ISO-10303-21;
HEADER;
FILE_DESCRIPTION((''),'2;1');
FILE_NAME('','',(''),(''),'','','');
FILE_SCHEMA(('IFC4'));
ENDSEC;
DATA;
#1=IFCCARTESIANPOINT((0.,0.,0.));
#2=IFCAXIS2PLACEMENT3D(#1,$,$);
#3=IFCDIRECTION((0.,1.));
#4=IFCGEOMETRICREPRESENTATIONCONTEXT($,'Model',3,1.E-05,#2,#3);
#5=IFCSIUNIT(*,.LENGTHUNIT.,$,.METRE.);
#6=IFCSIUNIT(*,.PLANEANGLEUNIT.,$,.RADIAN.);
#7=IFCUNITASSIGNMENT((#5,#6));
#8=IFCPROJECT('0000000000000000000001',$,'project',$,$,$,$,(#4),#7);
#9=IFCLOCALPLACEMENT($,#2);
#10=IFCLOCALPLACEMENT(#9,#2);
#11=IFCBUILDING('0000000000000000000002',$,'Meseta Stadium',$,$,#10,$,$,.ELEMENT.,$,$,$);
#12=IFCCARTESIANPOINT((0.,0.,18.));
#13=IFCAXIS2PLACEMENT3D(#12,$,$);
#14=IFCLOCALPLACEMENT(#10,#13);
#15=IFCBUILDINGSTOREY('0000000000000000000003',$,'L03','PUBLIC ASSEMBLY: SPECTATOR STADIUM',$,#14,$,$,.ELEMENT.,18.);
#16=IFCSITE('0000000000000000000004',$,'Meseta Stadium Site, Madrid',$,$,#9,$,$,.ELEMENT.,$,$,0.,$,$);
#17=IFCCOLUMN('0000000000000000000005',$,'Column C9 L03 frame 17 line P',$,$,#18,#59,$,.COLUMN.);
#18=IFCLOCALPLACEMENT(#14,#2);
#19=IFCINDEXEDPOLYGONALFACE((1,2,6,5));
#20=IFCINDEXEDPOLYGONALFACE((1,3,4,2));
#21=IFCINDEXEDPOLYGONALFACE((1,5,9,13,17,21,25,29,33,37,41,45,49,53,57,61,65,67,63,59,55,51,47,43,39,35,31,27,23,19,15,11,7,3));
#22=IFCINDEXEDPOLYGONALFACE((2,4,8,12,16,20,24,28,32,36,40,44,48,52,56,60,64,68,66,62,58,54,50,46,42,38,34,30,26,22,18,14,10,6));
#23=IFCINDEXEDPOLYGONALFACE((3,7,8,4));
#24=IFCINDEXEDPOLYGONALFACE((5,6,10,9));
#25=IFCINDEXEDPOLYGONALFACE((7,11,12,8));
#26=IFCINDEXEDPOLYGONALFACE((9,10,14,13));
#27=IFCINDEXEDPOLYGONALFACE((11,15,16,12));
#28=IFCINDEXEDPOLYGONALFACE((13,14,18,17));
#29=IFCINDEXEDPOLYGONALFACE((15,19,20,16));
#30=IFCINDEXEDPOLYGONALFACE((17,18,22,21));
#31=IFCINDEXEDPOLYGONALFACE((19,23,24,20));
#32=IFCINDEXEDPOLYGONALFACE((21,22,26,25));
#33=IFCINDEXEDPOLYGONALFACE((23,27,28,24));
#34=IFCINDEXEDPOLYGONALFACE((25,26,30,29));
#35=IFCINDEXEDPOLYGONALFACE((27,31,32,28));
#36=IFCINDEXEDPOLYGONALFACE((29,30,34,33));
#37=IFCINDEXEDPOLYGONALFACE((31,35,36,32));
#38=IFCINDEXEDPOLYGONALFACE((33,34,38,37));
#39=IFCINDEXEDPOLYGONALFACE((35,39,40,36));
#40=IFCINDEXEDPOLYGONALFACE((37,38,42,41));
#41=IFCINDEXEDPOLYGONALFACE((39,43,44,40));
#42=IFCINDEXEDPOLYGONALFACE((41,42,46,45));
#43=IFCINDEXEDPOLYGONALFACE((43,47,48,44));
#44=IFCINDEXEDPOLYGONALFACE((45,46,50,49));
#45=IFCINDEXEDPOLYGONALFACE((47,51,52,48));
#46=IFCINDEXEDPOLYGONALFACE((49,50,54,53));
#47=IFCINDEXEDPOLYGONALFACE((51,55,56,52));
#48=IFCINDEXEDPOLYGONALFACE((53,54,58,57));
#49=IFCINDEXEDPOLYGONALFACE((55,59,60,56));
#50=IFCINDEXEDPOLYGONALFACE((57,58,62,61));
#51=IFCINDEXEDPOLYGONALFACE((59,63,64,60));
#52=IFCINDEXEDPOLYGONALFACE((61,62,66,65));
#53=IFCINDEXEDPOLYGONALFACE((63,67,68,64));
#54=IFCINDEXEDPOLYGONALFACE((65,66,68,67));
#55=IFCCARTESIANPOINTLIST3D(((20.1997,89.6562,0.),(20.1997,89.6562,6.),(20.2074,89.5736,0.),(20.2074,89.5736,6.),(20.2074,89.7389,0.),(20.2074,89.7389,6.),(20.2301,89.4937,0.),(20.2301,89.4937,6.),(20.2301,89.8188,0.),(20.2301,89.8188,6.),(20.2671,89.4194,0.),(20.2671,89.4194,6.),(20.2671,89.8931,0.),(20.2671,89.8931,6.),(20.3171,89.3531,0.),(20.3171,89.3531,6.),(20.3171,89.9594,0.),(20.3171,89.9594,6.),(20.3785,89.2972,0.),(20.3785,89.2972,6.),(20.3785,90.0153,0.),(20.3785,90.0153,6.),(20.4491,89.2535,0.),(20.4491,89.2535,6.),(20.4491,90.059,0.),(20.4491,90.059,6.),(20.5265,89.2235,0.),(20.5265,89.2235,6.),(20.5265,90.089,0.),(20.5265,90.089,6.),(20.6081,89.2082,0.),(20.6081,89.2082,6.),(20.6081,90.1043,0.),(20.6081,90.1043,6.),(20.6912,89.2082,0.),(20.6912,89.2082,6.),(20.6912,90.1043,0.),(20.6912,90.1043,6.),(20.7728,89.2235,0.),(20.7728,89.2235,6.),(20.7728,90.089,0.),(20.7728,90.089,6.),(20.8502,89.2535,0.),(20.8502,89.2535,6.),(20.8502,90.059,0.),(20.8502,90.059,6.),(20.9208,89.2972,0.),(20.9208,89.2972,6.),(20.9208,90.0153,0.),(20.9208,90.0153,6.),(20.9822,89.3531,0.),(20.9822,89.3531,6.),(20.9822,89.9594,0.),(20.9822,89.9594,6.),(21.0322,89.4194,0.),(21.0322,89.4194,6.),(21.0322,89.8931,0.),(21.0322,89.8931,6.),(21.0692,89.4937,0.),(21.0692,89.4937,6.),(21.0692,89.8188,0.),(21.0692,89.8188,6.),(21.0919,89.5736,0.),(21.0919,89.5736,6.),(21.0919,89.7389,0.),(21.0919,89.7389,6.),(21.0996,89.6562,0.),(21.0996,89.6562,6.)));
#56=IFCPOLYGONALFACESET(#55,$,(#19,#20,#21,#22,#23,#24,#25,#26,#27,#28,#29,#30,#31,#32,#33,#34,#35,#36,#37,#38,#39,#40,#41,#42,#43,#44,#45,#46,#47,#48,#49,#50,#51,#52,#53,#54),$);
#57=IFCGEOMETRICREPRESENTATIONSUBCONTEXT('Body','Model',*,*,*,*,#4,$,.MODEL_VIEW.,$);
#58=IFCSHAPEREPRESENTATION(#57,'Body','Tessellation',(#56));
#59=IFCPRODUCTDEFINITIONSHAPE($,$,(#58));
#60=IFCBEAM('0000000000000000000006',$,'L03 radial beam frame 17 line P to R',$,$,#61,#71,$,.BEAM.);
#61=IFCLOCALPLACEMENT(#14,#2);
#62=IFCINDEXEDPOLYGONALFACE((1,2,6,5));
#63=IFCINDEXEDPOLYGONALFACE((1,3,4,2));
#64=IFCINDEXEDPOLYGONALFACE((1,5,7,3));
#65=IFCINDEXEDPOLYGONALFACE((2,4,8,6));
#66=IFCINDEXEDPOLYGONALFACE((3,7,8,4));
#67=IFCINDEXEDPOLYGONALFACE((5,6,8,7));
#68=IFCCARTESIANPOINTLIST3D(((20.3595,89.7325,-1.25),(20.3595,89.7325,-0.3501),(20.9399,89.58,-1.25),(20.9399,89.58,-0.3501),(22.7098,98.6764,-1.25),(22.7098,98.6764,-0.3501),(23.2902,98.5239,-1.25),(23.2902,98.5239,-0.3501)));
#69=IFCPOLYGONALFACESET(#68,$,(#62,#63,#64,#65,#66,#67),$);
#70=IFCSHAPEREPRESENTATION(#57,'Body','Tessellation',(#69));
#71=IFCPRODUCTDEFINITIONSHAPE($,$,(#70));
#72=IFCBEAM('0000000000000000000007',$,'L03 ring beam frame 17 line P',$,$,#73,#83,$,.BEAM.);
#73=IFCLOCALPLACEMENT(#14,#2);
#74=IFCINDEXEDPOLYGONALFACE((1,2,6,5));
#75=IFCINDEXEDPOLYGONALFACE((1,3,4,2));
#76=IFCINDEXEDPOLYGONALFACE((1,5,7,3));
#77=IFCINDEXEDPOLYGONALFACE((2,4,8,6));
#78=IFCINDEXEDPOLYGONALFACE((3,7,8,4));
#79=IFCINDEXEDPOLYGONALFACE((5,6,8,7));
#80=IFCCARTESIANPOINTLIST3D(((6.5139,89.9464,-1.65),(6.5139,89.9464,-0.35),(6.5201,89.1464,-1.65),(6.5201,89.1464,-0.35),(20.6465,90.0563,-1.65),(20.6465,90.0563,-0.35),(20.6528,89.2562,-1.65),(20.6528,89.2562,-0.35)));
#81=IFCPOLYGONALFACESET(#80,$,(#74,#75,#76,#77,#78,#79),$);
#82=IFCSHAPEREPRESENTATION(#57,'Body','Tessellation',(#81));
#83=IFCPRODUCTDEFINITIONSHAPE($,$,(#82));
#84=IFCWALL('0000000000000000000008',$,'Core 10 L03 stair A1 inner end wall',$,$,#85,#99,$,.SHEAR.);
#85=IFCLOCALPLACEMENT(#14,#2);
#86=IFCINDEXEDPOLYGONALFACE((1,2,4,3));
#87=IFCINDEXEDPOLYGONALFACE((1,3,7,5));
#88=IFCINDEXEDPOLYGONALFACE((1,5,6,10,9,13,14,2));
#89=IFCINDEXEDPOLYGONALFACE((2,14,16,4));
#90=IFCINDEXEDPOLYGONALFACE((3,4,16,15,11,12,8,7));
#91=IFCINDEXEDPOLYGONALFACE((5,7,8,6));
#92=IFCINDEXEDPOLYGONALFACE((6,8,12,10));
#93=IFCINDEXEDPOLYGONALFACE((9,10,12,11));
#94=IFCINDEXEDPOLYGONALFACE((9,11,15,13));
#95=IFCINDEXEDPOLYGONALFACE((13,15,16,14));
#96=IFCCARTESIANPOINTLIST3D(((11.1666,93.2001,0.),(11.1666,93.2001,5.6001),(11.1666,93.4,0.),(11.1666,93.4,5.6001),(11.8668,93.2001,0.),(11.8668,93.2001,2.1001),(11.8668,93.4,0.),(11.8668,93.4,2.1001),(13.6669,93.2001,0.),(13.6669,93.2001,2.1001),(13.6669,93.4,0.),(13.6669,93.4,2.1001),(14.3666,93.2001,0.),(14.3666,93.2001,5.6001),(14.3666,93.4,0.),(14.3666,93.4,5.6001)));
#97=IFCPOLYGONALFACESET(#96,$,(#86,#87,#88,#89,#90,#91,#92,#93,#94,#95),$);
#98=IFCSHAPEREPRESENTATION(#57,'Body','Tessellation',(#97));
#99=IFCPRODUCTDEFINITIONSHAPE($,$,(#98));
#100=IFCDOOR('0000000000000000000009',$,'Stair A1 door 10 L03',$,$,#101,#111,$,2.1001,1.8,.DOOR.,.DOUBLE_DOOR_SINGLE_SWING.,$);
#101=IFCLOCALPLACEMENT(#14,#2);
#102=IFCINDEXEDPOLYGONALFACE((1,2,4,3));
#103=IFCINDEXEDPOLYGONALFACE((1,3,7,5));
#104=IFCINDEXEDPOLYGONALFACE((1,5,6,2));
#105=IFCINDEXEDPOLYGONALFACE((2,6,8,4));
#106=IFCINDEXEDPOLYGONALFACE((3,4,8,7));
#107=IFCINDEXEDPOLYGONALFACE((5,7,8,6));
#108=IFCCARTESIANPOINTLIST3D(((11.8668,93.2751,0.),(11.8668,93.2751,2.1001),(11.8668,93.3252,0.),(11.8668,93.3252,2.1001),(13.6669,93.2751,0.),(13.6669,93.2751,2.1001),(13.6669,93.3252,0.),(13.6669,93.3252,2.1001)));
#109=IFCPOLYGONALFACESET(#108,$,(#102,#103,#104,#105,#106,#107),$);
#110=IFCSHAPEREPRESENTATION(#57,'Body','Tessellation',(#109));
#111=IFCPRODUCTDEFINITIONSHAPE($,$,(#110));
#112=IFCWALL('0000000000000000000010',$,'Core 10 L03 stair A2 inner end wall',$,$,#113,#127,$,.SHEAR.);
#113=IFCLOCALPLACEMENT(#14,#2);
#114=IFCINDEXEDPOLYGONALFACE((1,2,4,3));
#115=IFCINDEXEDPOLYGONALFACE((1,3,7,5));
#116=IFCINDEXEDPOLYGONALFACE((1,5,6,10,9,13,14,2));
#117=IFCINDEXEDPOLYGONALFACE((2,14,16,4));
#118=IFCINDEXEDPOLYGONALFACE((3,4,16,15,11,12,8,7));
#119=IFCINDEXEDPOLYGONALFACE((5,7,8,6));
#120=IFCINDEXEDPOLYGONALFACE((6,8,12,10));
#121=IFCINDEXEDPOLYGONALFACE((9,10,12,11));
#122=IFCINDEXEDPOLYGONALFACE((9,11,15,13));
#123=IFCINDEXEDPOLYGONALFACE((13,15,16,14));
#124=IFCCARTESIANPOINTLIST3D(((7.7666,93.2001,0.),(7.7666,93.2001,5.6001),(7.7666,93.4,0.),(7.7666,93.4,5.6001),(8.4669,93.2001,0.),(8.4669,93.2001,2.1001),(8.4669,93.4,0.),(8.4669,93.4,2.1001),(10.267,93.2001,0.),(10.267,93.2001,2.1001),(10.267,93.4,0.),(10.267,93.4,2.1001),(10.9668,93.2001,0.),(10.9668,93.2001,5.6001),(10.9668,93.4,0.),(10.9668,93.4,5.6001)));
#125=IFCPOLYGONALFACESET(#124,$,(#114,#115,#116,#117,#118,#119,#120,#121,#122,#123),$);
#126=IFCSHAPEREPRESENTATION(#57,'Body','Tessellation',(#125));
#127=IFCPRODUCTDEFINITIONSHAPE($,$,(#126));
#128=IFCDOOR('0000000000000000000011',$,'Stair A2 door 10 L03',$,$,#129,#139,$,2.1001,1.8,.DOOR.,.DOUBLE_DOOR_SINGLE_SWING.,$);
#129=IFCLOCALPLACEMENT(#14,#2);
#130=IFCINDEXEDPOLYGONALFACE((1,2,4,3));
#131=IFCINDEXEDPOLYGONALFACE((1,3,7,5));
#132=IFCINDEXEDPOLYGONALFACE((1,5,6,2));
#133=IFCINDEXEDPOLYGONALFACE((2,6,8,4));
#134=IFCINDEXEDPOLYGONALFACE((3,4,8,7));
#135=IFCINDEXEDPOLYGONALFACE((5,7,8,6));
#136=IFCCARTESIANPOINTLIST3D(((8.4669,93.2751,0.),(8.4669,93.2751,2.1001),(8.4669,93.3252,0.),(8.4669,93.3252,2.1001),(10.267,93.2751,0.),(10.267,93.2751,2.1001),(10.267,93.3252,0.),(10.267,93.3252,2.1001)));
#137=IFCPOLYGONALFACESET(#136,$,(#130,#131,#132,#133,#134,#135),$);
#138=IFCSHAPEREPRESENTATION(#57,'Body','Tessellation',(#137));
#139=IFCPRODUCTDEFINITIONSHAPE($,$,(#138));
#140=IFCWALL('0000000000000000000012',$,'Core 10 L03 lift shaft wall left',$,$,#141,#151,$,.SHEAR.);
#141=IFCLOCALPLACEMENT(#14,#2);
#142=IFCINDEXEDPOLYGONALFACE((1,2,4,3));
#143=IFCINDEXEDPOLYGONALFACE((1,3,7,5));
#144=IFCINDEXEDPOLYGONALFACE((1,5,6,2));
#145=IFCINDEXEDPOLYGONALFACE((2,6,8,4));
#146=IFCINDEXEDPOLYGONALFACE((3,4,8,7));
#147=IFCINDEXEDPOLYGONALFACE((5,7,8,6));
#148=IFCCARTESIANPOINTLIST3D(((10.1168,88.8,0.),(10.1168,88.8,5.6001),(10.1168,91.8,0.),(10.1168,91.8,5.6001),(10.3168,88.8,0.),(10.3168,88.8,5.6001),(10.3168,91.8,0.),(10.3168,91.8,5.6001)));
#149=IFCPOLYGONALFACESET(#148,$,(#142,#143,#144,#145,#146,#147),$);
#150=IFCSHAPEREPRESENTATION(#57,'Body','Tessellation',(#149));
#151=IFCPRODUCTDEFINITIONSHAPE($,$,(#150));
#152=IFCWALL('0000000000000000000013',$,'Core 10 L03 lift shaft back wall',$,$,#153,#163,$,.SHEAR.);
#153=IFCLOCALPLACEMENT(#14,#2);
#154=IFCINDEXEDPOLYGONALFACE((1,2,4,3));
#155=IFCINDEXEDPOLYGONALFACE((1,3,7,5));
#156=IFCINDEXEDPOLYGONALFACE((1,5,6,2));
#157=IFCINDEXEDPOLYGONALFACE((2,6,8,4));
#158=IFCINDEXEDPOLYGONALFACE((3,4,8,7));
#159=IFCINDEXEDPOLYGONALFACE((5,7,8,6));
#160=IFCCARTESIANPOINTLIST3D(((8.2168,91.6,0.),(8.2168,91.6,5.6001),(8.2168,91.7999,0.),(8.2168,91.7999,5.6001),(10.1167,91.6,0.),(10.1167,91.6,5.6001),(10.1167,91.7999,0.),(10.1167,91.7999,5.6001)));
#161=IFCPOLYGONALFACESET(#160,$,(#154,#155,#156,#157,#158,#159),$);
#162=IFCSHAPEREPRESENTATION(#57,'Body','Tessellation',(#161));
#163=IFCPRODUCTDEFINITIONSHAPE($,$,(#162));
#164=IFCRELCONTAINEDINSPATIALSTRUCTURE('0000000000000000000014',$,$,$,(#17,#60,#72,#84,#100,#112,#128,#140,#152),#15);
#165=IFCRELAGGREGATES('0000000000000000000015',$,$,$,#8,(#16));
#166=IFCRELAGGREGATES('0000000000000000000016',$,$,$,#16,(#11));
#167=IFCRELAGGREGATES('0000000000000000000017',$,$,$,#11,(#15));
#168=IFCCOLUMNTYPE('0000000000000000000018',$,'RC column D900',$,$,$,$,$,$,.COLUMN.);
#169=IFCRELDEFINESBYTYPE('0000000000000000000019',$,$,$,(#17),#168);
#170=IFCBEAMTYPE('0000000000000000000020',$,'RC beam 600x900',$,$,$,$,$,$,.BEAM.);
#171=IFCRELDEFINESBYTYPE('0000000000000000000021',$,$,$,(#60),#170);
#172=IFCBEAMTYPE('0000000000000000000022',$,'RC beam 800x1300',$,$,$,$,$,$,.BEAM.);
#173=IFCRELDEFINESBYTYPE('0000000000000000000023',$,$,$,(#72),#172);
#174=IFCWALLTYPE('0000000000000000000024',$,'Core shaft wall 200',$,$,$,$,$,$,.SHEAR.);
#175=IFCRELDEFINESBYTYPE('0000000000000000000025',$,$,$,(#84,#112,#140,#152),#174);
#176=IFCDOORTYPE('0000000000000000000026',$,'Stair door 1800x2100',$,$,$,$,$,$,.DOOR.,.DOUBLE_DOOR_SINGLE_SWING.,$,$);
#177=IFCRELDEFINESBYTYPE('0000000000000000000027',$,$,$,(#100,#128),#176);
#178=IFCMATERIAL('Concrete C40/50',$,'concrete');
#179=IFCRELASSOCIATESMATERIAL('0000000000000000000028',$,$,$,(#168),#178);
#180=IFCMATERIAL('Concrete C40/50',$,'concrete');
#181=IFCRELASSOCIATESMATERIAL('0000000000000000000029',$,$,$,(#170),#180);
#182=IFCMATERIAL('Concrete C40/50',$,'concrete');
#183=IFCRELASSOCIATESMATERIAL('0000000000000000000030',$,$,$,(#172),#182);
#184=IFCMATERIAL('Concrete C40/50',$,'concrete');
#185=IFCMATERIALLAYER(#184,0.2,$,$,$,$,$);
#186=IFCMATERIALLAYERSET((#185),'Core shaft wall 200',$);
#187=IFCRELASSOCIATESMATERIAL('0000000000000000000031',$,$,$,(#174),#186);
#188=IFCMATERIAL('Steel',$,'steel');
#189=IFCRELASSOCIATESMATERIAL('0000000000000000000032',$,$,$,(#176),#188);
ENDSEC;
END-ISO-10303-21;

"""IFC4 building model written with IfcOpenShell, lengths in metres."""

from ifc_helpers import new_model, si_unit, direction, frame, frame_2d, origin, origin_2d, place, context, subcontext, project, spatial, rectangle, circle, extrude, material, layer, layer_set, material_profile, profile_set, type_object, element, fill, save


model = new_model("IFC4")

# Units and contexts
model_context = context("Model", 3, precision=1e-05, world=origin(), true_north=direction((0.0, 1.0)))
body_context = subcontext(model_context, "Body", "Model", "MODEL_VIEW")
ifc_project = project(units=[si_unit("LENGTHUNIT", "METRE"), si_unit("PLANEANGLEUNIT", "RADIAN")], contexts=[model_context])

# Site, building, storey
site_placement = place(None, origin())
site = spatial("IfcSite", under=ifc_project, at=site_placement, Name="Meseta Stadium Site, Madrid", CompositionType="ELEMENT", RefElevation=0.0)
building_placement = place(site_placement, origin())
building = spatial("IfcBuilding", under=site, at=building_placement, Name="Meseta Stadium", CompositionType="ELEMENT")
storey_placement = place(building_placement, frame((0.0, 0.0, 18.0)))
storey = spatial("IfcBuildingStorey", under=building, at=storey_placement, Name="L03", Description="PUBLIC ASSEMBLY: SPECTATOR STADIUM", CompositionType="ELEMENT", Elevation=18.0)

# Column
ifc_material_1 = material(Name="Concrete C40/50", Category="concrete")
ifc_material_profile_1 = material_profile(ifc_material_1, circle(Radius=0.45, at=origin_2d()), Name="RC D900")
ifc_profile_set_1 = profile_set([ifc_material_profile_1], Name="Concrete C40/50")
column_type = type_object("IfcColumnType", Name="RC column D900", PredefinedType="COLUMN", material=ifc_profile_set_1)
column_placement = place(storey_placement, frame((20.6497, 89.6562, 0.0), z_axis=(0.0, 0.0, 1.0), x_axis=(1.0, 0.0, 0.0)))
element("IfcColumn", 1, at=column_placement, inside=storey, type_object=column_type, Name="Column C9 L03 frame 17 line P", PredefinedType="COLUMN", context=body_context, shape_type="SweptSolid", body=[
    extrude(circle(Radius=0.45, at=origin_2d()), origin(), (0.0, 0.0, 1.0), 6.0),
])

# Beams
ifc_material_2 = material(Name="Concrete C40/50", Category="concrete")
ifc_material_profile_2 = material_profile(ifc_material_2, rectangle(XDim=0.6001, YDim=0.8999, at=origin_2d()), Name="RC 600x900")
ifc_profile_set_2 = profile_set([ifc_material_profile_2], Name="Concrete C40/50")
beam_type_1 = type_object("IfcBeamType", Name="RC beam 600x900", PredefinedType="BEAM", material=ifc_profile_set_2)
beam_1_placement = place(storey_placement, frame((20.6497, 89.6562, -0.8), z_axis=(0.254159, 0.967162, 0.0), x_axis=(-0.967162, 0.254159, 0.0)))
element("IfcBeam", 2, at=beam_1_placement, inside=storey, type_object=beam_type_1, Name="L03 radial beam frame 17 line P to R", PredefinedType="BEAM", context=body_context, shape_type="SweptSolid", body=[
    extrude(rectangle(XDim=0.6001, YDim=0.8999, at=origin_2d()), origin(), (0.0, 0.0, 1.0), 9.2476),
])
ifc_material_3 = material(Name="Concrete C40/50", Category="concrete")
ifc_material_profile_3 = material_profile(ifc_material_3, rectangle(XDim=0.8, YDim=1.3, at=origin_2d()), Name="RC 800x1300")
ifc_profile_set_3 = profile_set([ifc_material_profile_3], Name="Concrete C40/50")
beam_type_2 = type_object("IfcBeamType", Name="RC beam 800x1300", PredefinedType="BEAM", material=ifc_profile_set_3)
beam_2_placement = place(storey_placement, frame((20.6497, 89.6562, -1.0), z_axis=(-0.99997, -0.007774, 0.0), x_axis=(0.007774, -0.99997, 0.0)))
element("IfcBeam", 3, at=beam_2_placement, inside=storey, type_object=beam_type_2, Name="L03 ring beam frame 17 line P", PredefinedType="BEAM", context=body_context, shape_type="SweptSolid", body=[
    extrude(rectangle(XDim=0.8, YDim=1.3, at=origin_2d()), origin(), (0.0, 0.0, 1.0), 14.1331),
])

# Walls, openings, doors
ifc_material_4 = material(Name="Concrete C40/50", Category="concrete")
ifc_layer_1 = layer(ifc_material_4, 0.2)
ifc_layer_set_1 = layer_set([ifc_layer_1], Name="Core shaft wall 200")
wall_type_1 = type_object("IfcWallType", Name="Core shaft wall 200", PredefinedType="SHEAR", material=ifc_layer_set_1)
wall_1_placement = place(storey_placement, frame((14.3667, 93.3, 0.0), z_axis=(0.0, 0.0, 1.0), x_axis=(-1.0, 0.0, 0.0)))
wall_1 = element("IfcWall", 4, at=wall_1_placement, inside=storey, type_object=wall_type_1, Name="Core 10 L03 stair A1 inner end wall", PredefinedType="SHEAR", context=body_context, shape_type="SweptSolid", body=[
    extrude(rectangle(XDim=3.2, YDim=0.2, at=frame_2d((1.6001, 0.0))), origin(), (0.0, 0.0, 1.0), 5.6001),
])
opening_1_placement = place(wall_1_placement, frame((0.7, 0.0, 0.0)))
opening_1 = element("IfcOpeningElement", 5, at=opening_1_placement, cuts=wall_1, PredefinedType="OPENING", context=body_context, shape_type="SweptSolid", body=[
    extrude(rectangle(XDim=1.8, YDim=2.1001, at=frame_2d((0.8999, 1.05))), frame((0.0, 0.1099, 0.0), z_axis=(0.0, -1.0, 0.0), x_axis=(1.0, 0.0, 0.0)), (0.0, 0.0, 1.0), 0.22),
])
ifc_material_5 = material(Name="Steel", Category="steel")
door_type_1 = type_object("IfcDoorType", Name="Stair door 1800x2100", OperationType="DOUBLE_DOOR_SINGLE_SWING", PredefinedType="DOOR", material=ifc_material_5)
door_1_placement = place(opening_1_placement, origin())
door_1 = element("IfcDoor", 6, at=door_1_placement, inside=storey, type_object=door_type_1, Name="Stair A1 door 10 L03", OperationType="DOUBLE_DOOR_SINGLE_SWING", OverallHeight=2.1001, OverallWidth=1.8, PredefinedType="DOOR", context=body_context, shape_type="SweptSolid", body=[
    extrude(rectangle(XDim=1.8, YDim=2.1001, at=frame_2d((0.8999, 1.05))), frame((0.0, 0.0249, 0.0), z_axis=(0.0, -1.0, 0.0), x_axis=(1.0, 0.0, 0.0)), (0.0, 0.0, 1.0), 0.05),
])
fill(opening_1, door_1)
wall_2_placement = place(storey_placement, frame((10.9668, 93.3, 0.0), z_axis=(0.0, 0.0, 1.0), x_axis=(-1.0, 0.0, 0.0)))
wall_2 = element("IfcWall", 7, at=wall_2_placement, inside=storey, type_object=wall_type_1, Name="Core 10 L03 stair A2 inner end wall", PredefinedType="SHEAR", context=body_context, shape_type="SweptSolid", body=[
    extrude(rectangle(XDim=3.2002, YDim=0.2, at=frame_2d((1.6001, 0.0))), origin(), (0.0, 0.0, 1.0), 5.6001),
])
opening_2_placement = place(wall_2_placement, frame((0.7, 0.0, 0.0)))
opening_2 = element("IfcOpeningElement", 8, at=opening_2_placement, cuts=wall_2, PredefinedType="OPENING", context=body_context, shape_type="SweptSolid", body=[
    extrude(rectangle(XDim=1.8, YDim=2.1001, at=frame_2d((0.8999, 1.05))), frame((0.0, 0.1099, 0.0), z_axis=(0.0, -1.0, 0.0), x_axis=(1.0, 0.0, 0.0)), (0.0, 0.0, 1.0), 0.22),
])
door_2_placement = place(opening_2_placement, origin())
door_2 = element("IfcDoor", 9, at=door_2_placement, inside=storey, type_object=door_type_1, Name="Stair A2 door 10 L03", OperationType="DOUBLE_DOOR_SINGLE_SWING", OverallHeight=2.1001, OverallWidth=1.8, PredefinedType="DOOR", context=body_context, shape_type="SweptSolid", body=[
    extrude(rectangle(XDim=1.8, YDim=2.1001, at=frame_2d((0.8999, 1.05))), frame((0.0, 0.0249, 0.0), z_axis=(0.0, -1.0, 0.0), x_axis=(1.0, 0.0, 0.0)), (0.0, 0.0, 1.0), 0.05),
])
fill(opening_2, door_2)

# Walls
wall_3_placement = place(storey_placement, frame((10.2168, 91.8, 0.0), z_axis=(0.0, 0.0, 1.0), x_axis=(0.0, -1.0, 0.0)))
element("IfcWall", 10, at=wall_3_placement, inside=storey, type_object=wall_type_1, Name="Core 10 L03 lift shaft wall left", PredefinedType="SHEAR", context=body_context, shape_type="SweptSolid", body=[
    extrude(rectangle(XDim=3.0, YDim=0.2, at=frame_2d((1.5, 0.0))), origin(), (0.0, 0.0, 1.0), 5.6001),
])
wall_4_placement = place(storey_placement, frame((10.1167, 91.7, 0.0), z_axis=(0.0, 0.0, 1.0), x_axis=(-1.0, 0.0, 0.0)))
element("IfcWall", 11, at=wall_4_placement, inside=storey, type_object=wall_type_1, Name="Core 10 L03 lift shaft back wall", PredefinedType="SHEAR", context=body_context, shape_type="SweptSolid", body=[
    extrude(rectangle(XDim=1.8999, YDim=0.2, at=frame_2d((0.95, 0.0))), origin(), (0.0, 0.0, 1.0), 5.6001),
])

save(model, "model.ifc")
